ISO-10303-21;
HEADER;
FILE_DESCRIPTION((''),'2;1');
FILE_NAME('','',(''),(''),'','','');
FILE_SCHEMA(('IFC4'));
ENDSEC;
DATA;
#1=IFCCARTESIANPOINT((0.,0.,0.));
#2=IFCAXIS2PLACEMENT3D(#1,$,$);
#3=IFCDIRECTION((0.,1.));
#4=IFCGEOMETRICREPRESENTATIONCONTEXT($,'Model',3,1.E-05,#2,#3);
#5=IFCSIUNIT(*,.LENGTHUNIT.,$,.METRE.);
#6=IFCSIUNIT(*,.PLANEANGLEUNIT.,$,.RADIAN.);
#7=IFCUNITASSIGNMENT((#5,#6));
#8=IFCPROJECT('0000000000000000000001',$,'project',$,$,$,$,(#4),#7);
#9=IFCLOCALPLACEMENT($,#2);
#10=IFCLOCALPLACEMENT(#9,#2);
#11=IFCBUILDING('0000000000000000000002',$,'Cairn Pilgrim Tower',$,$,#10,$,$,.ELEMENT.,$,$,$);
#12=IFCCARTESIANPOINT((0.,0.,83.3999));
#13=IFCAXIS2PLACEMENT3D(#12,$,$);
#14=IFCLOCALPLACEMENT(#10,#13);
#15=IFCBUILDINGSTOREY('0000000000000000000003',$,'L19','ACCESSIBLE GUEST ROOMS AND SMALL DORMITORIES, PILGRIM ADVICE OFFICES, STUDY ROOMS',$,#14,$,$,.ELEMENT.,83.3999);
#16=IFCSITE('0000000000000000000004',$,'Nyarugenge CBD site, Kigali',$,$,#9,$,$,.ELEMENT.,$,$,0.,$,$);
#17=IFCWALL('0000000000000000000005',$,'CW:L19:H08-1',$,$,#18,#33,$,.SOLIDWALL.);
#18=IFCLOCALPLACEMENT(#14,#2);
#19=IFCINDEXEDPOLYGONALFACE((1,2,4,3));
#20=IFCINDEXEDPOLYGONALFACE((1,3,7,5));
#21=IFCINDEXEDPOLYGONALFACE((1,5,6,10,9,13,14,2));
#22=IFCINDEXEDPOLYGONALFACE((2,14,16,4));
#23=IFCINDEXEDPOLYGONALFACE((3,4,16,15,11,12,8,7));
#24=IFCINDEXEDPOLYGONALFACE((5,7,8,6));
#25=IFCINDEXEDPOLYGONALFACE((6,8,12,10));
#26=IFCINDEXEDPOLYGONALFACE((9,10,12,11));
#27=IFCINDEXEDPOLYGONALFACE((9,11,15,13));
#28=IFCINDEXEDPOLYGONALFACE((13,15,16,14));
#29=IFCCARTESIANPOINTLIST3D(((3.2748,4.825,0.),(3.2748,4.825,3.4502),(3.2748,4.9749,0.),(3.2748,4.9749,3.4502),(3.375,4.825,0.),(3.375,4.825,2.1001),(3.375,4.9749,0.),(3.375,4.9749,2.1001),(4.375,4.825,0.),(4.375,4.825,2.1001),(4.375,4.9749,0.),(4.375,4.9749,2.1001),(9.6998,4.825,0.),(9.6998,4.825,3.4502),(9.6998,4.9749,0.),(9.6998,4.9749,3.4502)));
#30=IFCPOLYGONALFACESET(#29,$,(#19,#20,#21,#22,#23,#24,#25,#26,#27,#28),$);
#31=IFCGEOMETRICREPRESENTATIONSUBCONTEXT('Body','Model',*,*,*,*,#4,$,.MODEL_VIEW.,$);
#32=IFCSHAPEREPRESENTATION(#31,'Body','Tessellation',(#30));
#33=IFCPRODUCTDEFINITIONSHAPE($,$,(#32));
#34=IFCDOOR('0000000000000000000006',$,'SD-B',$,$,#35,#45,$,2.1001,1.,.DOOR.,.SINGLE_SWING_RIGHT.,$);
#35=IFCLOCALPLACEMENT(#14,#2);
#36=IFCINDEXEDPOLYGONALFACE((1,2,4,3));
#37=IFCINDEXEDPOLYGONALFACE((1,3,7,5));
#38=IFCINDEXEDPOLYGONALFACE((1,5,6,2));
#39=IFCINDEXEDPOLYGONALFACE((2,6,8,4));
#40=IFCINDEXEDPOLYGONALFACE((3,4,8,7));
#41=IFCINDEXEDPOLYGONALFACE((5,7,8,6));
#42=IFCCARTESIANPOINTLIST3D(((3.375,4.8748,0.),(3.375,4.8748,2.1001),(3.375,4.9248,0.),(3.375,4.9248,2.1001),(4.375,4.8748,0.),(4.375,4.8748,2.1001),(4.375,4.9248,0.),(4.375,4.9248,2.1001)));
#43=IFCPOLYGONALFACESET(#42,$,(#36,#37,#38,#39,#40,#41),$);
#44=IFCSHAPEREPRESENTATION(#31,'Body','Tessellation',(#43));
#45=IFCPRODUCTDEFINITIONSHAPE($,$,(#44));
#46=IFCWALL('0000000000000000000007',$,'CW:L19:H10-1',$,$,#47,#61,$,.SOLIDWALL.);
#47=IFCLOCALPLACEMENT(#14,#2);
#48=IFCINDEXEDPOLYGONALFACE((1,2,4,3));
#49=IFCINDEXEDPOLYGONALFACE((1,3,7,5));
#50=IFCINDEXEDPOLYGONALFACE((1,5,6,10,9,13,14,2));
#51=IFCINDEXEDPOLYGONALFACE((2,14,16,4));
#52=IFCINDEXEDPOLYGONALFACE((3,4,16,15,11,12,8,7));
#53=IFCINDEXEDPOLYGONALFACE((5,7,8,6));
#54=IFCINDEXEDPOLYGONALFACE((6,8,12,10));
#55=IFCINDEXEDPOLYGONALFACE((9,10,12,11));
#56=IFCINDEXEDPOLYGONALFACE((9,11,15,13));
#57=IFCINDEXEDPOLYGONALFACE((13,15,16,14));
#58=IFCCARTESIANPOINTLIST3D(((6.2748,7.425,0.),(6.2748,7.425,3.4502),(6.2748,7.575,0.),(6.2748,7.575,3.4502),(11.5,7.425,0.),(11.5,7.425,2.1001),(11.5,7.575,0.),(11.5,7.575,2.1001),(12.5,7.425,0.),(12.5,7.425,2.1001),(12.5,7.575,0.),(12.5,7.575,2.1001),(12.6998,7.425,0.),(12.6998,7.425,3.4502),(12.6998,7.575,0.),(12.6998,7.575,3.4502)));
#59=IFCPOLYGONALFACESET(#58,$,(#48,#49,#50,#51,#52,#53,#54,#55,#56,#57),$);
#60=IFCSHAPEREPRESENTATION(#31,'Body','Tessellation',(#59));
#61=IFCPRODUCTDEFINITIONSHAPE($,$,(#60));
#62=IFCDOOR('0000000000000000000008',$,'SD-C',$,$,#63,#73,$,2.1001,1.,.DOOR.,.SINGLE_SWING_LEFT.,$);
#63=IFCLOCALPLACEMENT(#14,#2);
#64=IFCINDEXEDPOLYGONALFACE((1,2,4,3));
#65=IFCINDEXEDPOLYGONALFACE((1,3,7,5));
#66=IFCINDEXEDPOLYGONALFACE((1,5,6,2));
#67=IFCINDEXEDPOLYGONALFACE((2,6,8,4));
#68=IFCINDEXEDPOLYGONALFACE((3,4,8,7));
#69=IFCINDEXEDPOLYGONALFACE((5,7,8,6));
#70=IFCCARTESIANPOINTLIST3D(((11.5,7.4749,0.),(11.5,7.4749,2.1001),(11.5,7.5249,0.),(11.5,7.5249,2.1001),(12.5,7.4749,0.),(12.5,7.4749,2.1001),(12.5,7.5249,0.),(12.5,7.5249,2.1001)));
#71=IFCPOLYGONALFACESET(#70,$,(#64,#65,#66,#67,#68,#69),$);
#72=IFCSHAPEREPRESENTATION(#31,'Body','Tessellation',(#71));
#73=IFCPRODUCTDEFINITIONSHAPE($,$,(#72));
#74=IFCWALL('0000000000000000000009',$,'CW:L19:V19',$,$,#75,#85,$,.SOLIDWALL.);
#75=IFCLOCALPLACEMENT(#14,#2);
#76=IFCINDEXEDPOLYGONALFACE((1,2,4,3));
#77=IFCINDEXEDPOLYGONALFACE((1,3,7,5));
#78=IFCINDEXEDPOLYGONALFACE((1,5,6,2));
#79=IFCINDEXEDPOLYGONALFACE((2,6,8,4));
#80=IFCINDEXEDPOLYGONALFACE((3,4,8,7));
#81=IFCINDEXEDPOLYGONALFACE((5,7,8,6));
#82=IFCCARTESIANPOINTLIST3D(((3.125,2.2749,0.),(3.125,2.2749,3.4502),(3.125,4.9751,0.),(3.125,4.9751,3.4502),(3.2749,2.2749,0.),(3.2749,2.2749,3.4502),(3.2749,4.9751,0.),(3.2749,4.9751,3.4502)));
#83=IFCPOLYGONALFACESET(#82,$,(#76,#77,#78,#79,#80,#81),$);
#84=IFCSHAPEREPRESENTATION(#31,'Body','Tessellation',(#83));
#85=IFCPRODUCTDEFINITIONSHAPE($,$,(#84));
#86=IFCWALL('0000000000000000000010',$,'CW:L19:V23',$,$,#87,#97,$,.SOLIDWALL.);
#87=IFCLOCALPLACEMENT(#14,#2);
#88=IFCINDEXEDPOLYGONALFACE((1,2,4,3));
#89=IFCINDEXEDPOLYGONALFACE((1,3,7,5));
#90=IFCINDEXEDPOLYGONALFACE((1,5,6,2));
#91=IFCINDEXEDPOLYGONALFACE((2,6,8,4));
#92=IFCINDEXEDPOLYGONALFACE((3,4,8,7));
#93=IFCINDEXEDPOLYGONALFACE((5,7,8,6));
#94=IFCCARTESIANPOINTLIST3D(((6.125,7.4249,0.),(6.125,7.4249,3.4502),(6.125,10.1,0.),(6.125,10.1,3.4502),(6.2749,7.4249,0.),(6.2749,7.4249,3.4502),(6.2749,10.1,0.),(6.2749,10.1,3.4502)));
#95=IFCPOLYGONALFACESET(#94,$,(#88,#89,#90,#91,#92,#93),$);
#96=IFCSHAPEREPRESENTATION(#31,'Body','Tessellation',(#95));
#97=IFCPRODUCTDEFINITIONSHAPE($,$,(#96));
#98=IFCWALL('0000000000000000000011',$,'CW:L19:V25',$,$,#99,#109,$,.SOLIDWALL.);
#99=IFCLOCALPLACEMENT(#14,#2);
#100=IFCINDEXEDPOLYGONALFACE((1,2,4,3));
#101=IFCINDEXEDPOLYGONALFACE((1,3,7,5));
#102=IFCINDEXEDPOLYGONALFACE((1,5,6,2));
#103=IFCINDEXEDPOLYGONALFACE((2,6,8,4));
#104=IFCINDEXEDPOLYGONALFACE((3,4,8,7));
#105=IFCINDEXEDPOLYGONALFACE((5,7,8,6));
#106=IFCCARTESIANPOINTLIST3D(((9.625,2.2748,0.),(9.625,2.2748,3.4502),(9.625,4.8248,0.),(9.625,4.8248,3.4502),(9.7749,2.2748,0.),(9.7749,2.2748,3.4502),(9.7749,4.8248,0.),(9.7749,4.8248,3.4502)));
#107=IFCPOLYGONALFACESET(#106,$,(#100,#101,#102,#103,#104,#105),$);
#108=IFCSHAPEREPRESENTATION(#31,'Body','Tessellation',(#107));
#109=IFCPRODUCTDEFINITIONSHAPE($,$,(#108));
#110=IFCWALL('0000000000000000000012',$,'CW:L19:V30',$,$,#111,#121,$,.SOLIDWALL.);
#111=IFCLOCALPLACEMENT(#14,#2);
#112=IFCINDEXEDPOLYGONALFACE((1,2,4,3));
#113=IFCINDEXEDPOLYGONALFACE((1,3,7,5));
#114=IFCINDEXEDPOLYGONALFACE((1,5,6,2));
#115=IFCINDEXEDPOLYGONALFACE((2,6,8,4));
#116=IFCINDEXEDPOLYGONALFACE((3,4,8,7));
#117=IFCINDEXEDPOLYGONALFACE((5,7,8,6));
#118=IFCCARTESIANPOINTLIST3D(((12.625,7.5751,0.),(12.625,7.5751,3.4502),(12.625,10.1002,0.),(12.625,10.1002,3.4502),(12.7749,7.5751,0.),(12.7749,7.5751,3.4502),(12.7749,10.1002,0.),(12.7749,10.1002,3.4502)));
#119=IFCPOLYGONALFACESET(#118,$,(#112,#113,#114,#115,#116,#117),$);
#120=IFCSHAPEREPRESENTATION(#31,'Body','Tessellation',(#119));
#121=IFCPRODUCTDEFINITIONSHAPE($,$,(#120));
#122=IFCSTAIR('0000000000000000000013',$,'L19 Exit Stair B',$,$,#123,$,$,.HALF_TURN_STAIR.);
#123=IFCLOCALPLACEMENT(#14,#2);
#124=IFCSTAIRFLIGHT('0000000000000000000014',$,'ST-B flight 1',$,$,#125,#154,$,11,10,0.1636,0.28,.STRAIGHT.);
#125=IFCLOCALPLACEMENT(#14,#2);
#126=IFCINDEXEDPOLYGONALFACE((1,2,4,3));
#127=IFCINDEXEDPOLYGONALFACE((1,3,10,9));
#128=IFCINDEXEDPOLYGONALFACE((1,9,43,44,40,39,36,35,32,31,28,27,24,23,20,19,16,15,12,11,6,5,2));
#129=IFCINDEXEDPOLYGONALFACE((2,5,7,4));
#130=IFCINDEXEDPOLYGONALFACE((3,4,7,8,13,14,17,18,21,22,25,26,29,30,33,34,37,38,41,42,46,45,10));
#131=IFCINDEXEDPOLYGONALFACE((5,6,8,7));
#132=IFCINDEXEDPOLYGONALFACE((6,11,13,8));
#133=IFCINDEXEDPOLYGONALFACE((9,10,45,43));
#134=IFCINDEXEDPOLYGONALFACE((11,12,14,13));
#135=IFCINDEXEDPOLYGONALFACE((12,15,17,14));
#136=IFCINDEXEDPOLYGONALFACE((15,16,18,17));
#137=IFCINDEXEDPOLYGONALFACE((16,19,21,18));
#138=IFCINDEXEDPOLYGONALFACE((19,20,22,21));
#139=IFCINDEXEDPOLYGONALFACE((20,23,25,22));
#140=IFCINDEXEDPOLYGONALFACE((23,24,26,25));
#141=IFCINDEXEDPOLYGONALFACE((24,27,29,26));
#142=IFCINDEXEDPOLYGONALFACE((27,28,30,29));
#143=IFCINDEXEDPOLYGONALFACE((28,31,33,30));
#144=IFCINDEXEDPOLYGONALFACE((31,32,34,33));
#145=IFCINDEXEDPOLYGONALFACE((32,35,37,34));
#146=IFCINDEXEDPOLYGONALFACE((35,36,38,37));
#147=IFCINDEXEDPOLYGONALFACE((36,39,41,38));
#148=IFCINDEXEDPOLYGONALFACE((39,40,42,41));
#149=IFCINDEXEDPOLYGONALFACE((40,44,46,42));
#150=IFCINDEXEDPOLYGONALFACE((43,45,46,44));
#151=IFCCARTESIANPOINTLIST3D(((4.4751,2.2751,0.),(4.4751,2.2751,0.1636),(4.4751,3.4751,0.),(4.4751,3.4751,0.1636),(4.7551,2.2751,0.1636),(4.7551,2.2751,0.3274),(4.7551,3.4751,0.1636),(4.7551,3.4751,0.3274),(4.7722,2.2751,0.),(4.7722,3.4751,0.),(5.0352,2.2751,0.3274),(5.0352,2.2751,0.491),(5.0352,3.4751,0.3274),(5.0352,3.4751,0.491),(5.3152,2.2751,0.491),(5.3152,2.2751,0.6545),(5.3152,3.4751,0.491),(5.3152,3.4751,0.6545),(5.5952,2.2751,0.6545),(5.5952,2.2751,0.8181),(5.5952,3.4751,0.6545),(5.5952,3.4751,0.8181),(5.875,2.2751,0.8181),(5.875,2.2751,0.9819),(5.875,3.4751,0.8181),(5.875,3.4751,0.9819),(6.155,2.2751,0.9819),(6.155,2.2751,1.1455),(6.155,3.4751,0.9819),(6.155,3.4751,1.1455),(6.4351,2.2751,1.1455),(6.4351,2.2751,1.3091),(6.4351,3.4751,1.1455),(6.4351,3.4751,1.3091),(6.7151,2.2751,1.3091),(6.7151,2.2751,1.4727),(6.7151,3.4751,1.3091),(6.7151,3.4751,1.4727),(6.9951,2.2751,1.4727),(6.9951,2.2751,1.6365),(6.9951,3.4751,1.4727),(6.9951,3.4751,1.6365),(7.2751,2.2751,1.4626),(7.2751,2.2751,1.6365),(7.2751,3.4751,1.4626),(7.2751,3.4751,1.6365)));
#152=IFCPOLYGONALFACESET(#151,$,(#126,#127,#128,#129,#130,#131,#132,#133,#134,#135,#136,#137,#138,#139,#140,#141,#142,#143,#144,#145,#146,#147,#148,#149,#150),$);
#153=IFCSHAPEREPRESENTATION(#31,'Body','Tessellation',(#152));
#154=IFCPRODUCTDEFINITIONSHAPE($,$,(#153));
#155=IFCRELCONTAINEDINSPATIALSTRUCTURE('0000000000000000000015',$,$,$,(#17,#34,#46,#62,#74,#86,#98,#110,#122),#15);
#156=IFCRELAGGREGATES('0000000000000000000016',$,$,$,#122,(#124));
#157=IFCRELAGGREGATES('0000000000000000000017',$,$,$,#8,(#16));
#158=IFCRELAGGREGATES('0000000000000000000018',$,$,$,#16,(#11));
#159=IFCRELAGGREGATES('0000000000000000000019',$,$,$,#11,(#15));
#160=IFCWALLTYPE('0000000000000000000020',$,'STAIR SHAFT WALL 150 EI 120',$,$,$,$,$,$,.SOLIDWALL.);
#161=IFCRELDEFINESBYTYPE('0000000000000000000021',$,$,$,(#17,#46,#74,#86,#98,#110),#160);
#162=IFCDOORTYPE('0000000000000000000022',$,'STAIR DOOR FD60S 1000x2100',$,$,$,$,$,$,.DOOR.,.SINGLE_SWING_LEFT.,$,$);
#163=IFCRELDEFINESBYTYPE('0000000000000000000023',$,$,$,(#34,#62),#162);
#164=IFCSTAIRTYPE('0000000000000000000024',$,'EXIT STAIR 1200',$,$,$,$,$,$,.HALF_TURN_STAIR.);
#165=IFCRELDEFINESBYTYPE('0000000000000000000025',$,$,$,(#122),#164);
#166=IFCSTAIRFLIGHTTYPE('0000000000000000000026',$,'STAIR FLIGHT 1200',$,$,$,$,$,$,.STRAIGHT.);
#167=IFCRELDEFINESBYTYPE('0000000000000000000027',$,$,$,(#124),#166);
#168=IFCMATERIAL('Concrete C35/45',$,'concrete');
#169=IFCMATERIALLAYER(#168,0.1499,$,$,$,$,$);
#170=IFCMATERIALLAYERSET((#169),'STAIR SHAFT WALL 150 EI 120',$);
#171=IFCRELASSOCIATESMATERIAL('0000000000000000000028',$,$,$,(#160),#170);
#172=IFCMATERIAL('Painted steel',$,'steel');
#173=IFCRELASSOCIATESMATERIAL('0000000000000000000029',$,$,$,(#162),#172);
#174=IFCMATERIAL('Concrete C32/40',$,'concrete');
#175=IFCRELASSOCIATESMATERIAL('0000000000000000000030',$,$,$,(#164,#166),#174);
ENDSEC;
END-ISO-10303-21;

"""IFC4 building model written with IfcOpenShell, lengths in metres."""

from ifc_helpers import new_model, si_unit, direction, frame, frame_2d, origin, place, context, subcontext, project, spatial, polyline, rectangle, outline, extrude, material, layer, layer_set, type_object, element, fill, aggregate, save


model = new_model("IFC4")

# Units and contexts
model_context = context("Model", 3, precision=1e-05, world=origin(), true_north=direction((0.0, 1.0)))
body_context = subcontext(model_context, "Body", "Model", "MODEL_VIEW")
ifc_project = project(units=[si_unit("LENGTHUNIT", "METRE"), si_unit("PLANEANGLEUNIT", "RADIAN")], contexts=[model_context])

# Site, building, storey
site_placement = place(None, origin())
site = spatial("IfcSite", under=ifc_project, at=site_placement, Name="Nyarugenge CBD site, Kigali", CompositionType="ELEMENT", RefElevation=0.0)
building_placement = place(site_placement, origin())
building = spatial("IfcBuilding", under=site, at=building_placement, Name="Cairn Pilgrim Tower", CompositionType="ELEMENT")
storey_placement = place(building_placement, frame((0.0, 0.0, 83.3999)))
storey = spatial("IfcBuildingStorey", under=building, at=storey_placement, Name="L19", Description="ACCESSIBLE GUEST ROOMS AND SMALL DORMITORIES, PILGRIM ADVICE OFFICES, STUDY ROOMS", CompositionType="ELEMENT", Elevation=83.3999)

# Shared definitions
ifc_material_1 = material(Name="Concrete C32/40", Category="concrete")

# Shared definitions
ifc_material_2 = material(Name="Painted steel", Category="steel")

# Shared definitions
ifc_material_3 = material(Name="Concrete C35/45", Category="concrete")
ifc_layer_1 = layer(ifc_material_3, 0.1499)
ifc_layer_set_1 = layer_set([ifc_layer_1], Name="STAIR SHAFT WALL 150 EI 120")
wall_type_1 = type_object("IfcWallType", Name="STAIR SHAFT WALL 150 EI 120", PredefinedType="SOLIDWALL", material=ifc_layer_set_1)

# Walls, openings, doors
wall_1_placement = place(storey_placement, frame((3.2749, 4.8999, 0.0), z_axis=(0.0, 0.0, 1.0), x_axis=(1.0, 0.0, 0.0)))
wall_1 = element("IfcWall", 1, at=wall_1_placement, inside=storey, type_object=wall_type_1, Name="CW:L19:H08-1", PredefinedType="SOLIDWALL", context=body_context, shape_type="SweptSolid", body=[
    extrude(rectangle(XDim=6.425, YDim=0.1499, at=frame_2d((3.2124, 0.0))), origin(), (0.0, 0.0, 1.0), 3.4502),
])
opening_1_placement = place(wall_1_placement, frame((0.1001, 0.0, 0.0)))
opening_1 = element("IfcOpeningElement", 2, at=opening_1_placement, cuts=wall_1, PredefinedType="OPENING", context=body_context, shape_type="SweptSolid", body=[
    extrude(rectangle(XDim=1.0, YDim=2.1001, at=frame_2d((0.5, 1.05))), frame((0.0, 0.085, 0.0), z_axis=(0.0, -1.0, 0.0), x_axis=(1.0, 0.0, 0.0)), (0.0, 0.0, 1.0), 0.1699),
])
door_type_1 = type_object("IfcDoorType", Name="STAIR DOOR FD60S 1000x2100", OperationType="SINGLE_SWING_LEFT", PredefinedType="DOOR", material=ifc_material_2)
door_1_placement = place(opening_1_placement, origin())
door_1 = element("IfcDoor", 3, at=door_1_placement, inside=storey, type_object=door_type_1, Name="SD-B", OperationType="SINGLE_SWING_RIGHT", OverallHeight=2.1001, OverallWidth=1.0, PredefinedType="DOOR", context=body_context, shape_type="SweptSolid", body=[
    extrude(rectangle(XDim=1.0, YDim=2.1001, at=frame_2d((0.5, 1.05))), frame((0.0, 0.0249, 0.0), z_axis=(0.0, -1.0, 0.0), x_axis=(1.0, 0.0, 0.0)), (0.0, 0.0, 1.0), 0.05),
])
fill(opening_1, door_1)
wall_2_placement = place(storey_placement, frame((6.2749, 7.5, 0.0), z_axis=(0.0, 0.0, 1.0), x_axis=(1.0, 0.0, 0.0)))
wall_2 = element("IfcWall", 4, at=wall_2_placement, inside=storey, type_object=wall_type_1, Name="CW:L19:H10-1", PredefinedType="SOLIDWALL", context=body_context, shape_type="SweptSolid", body=[
    extrude(rectangle(XDim=6.425, YDim=0.1499, at=frame_2d((3.2124, 0.0))), origin(), (0.0, 0.0, 1.0), 3.4502),
])
opening_2_placement = place(wall_2_placement, frame((5.2251, 0.0, 0.0)))
opening_2 = element("IfcOpeningElement", 5, at=opening_2_placement, cuts=wall_2, PredefinedType="OPENING", context=body_context, shape_type="SweptSolid", body=[
    extrude(rectangle(XDim=1.0, YDim=2.1001, at=frame_2d((0.5, 1.05))), frame((0.0, 0.085, 0.0), z_axis=(0.0, -1.0, 0.0), x_axis=(1.0, 0.0, 0.0)), (0.0, 0.0, 1.0), 0.1699),
])
door_2_placement = place(opening_2_placement, origin())
door_2 = element("IfcDoor", 6, at=door_2_placement, inside=storey, type_object=door_type_1, Name="SD-C", OperationType="SINGLE_SWING_LEFT", OverallHeight=2.1001, OverallWidth=1.0, PredefinedType="DOOR", context=body_context, shape_type="SweptSolid", body=[
    extrude(rectangle(XDim=1.0, YDim=2.1001, at=frame_2d((0.5, 1.05))), frame((0.0, 0.0249, 0.0), z_axis=(0.0, -1.0, 0.0), x_axis=(1.0, 0.0, 0.0)), (0.0, 0.0, 1.0), 0.05),
])
fill(opening_2, door_2)

# Walls
wall_3_placement = place(storey_placement, frame((3.2, 2.2749, 0.0), z_axis=(0.0, 0.0, 1.0), x_axis=(0.0, 1.0, 0.0)))
element("IfcWall", 7, at=wall_3_placement, inside=storey, type_object=wall_type_1, Name="CW:L19:V19", PredefinedType="SOLIDWALL", context=body_context, shape_type="SweptSolid", body=[
    extrude(rectangle(XDim=2.7002, YDim=0.1499, at=frame_2d((1.3501, 0.0))), origin(), (0.0, 0.0, 1.0), 3.4502),
])
wall_4_placement = place(storey_placement, frame((6.2, 7.425, 0.0), z_axis=(0.0, 0.0, 1.0), x_axis=(0.0, 1.0, 0.0)))
element("IfcWall", 8, at=wall_4_placement, inside=storey, type_object=wall_type_1, Name="CW:L19:V23", PredefinedType="SOLIDWALL", context=body_context, shape_type="SweptSolid", body=[
    extrude(rectangle(XDim=2.675, YDim=0.1499, at=frame_2d((1.3374, 0.0))), origin(), (0.0, 0.0, 1.0), 3.4502),
])
wall_5_placement = place(storey_placement, frame((9.7, 2.2749, 0.0), z_axis=(0.0, 0.0, 1.0), x_axis=(0.0, 1.0, 0.0)))
element("IfcWall", 9, at=wall_5_placement, inside=storey, type_object=wall_type_1, Name="CW:L19:V25", PredefinedType="SOLIDWALL", context=body_context, shape_type="SweptSolid", body=[
    extrude(rectangle(XDim=2.55, YDim=0.1499, at=frame_2d((1.2749, 0.0))), origin(), (0.0, 0.0, 1.0), 3.4502),
])
wall_6_placement = place(storey_placement, frame((12.7, 7.575, 0.0), z_axis=(0.0, 0.0, 1.0), x_axis=(0.0, 1.0, 0.0)))
element("IfcWall", 10, at=wall_6_placement, inside=storey, type_object=wall_type_1, Name="CW:L19:V30", PredefinedType="SOLIDWALL", context=body_context, shape_type="SweptSolid", body=[
    extrude(rectangle(XDim=2.5251, YDim=0.1499, at=frame_2d((1.2627, 0.0))), origin(), (0.0, 0.0, 1.0), 3.4502),
])

# Stair, stair flight
stair_type = type_object("IfcStairType", Name="EXIT STAIR 1200", PredefinedType="HALF_TURN_STAIR", material=ifc_material_1)
stair_1_placement = place(storey_placement, origin())
stair_1 = element("IfcStair", 11, at=stair_1_placement, inside=storey, type_object=stair_type, Name="L19 Exit Stair B", PredefinedType="HALF_TURN_STAIR")
stair_flight_type = type_object("IfcStairFlightType", Name="STAIR FLIGHT 1200", PredefinedType="STRAIGHT", material=ifc_material_1)
stair_flight_1_placement = place(storey_placement, frame((4.4751, 2.875, 0.0), z_axis=(0.0, 0.0, 1.0), x_axis=(1.0, 0.0, 0.0)))
stair_flight_1 = element("IfcStairFlight", 12, at=stair_flight_1_placement, type_object=stair_flight_type, Name="ST-B flight 1", NumberOfRisers=11, NumberOfTreads=10, PredefinedType="STRAIGHT", RiserHeight=0.1636, TreadLength=0.28, context=body_context, shape_type="SweptSolid", body=[
    extrude(outline(polyline([(0.0, 0.0), (0.0, 0.1636), (0.28, 0.1636), (0.28, 0.3274), (0.5601, 0.3274), (0.5601, 0.491), (0.8401, 0.491), (0.8401, 0.6545), (1.1201, 0.6545), (1.1201, 0.8181), (1.3999, 0.8181), (1.3999, 0.9819), (1.6799, 0.9819), (1.6799, 1.1455), (1.96, 1.1455), (1.96, 1.3091), (2.24, 1.3091), (2.24, 1.4727), (2.52, 1.4727), (2.52, 1.6365), (2.8, 1.6365), (2.8, 1.8), (2.8, 1.4626), (0.2971, 0.0), (0.0, 0.0)])), frame((0.0, 0.6001, 0.0), z_axis=(0.0, -1.0, 0.0), x_axis=(1.0, 0.0, 0.0)), (0.0, 0.0, 1.0), 1.2),
])
aggregate(stair_1, [stair_flight_1])

save(model, "model.ifc")
